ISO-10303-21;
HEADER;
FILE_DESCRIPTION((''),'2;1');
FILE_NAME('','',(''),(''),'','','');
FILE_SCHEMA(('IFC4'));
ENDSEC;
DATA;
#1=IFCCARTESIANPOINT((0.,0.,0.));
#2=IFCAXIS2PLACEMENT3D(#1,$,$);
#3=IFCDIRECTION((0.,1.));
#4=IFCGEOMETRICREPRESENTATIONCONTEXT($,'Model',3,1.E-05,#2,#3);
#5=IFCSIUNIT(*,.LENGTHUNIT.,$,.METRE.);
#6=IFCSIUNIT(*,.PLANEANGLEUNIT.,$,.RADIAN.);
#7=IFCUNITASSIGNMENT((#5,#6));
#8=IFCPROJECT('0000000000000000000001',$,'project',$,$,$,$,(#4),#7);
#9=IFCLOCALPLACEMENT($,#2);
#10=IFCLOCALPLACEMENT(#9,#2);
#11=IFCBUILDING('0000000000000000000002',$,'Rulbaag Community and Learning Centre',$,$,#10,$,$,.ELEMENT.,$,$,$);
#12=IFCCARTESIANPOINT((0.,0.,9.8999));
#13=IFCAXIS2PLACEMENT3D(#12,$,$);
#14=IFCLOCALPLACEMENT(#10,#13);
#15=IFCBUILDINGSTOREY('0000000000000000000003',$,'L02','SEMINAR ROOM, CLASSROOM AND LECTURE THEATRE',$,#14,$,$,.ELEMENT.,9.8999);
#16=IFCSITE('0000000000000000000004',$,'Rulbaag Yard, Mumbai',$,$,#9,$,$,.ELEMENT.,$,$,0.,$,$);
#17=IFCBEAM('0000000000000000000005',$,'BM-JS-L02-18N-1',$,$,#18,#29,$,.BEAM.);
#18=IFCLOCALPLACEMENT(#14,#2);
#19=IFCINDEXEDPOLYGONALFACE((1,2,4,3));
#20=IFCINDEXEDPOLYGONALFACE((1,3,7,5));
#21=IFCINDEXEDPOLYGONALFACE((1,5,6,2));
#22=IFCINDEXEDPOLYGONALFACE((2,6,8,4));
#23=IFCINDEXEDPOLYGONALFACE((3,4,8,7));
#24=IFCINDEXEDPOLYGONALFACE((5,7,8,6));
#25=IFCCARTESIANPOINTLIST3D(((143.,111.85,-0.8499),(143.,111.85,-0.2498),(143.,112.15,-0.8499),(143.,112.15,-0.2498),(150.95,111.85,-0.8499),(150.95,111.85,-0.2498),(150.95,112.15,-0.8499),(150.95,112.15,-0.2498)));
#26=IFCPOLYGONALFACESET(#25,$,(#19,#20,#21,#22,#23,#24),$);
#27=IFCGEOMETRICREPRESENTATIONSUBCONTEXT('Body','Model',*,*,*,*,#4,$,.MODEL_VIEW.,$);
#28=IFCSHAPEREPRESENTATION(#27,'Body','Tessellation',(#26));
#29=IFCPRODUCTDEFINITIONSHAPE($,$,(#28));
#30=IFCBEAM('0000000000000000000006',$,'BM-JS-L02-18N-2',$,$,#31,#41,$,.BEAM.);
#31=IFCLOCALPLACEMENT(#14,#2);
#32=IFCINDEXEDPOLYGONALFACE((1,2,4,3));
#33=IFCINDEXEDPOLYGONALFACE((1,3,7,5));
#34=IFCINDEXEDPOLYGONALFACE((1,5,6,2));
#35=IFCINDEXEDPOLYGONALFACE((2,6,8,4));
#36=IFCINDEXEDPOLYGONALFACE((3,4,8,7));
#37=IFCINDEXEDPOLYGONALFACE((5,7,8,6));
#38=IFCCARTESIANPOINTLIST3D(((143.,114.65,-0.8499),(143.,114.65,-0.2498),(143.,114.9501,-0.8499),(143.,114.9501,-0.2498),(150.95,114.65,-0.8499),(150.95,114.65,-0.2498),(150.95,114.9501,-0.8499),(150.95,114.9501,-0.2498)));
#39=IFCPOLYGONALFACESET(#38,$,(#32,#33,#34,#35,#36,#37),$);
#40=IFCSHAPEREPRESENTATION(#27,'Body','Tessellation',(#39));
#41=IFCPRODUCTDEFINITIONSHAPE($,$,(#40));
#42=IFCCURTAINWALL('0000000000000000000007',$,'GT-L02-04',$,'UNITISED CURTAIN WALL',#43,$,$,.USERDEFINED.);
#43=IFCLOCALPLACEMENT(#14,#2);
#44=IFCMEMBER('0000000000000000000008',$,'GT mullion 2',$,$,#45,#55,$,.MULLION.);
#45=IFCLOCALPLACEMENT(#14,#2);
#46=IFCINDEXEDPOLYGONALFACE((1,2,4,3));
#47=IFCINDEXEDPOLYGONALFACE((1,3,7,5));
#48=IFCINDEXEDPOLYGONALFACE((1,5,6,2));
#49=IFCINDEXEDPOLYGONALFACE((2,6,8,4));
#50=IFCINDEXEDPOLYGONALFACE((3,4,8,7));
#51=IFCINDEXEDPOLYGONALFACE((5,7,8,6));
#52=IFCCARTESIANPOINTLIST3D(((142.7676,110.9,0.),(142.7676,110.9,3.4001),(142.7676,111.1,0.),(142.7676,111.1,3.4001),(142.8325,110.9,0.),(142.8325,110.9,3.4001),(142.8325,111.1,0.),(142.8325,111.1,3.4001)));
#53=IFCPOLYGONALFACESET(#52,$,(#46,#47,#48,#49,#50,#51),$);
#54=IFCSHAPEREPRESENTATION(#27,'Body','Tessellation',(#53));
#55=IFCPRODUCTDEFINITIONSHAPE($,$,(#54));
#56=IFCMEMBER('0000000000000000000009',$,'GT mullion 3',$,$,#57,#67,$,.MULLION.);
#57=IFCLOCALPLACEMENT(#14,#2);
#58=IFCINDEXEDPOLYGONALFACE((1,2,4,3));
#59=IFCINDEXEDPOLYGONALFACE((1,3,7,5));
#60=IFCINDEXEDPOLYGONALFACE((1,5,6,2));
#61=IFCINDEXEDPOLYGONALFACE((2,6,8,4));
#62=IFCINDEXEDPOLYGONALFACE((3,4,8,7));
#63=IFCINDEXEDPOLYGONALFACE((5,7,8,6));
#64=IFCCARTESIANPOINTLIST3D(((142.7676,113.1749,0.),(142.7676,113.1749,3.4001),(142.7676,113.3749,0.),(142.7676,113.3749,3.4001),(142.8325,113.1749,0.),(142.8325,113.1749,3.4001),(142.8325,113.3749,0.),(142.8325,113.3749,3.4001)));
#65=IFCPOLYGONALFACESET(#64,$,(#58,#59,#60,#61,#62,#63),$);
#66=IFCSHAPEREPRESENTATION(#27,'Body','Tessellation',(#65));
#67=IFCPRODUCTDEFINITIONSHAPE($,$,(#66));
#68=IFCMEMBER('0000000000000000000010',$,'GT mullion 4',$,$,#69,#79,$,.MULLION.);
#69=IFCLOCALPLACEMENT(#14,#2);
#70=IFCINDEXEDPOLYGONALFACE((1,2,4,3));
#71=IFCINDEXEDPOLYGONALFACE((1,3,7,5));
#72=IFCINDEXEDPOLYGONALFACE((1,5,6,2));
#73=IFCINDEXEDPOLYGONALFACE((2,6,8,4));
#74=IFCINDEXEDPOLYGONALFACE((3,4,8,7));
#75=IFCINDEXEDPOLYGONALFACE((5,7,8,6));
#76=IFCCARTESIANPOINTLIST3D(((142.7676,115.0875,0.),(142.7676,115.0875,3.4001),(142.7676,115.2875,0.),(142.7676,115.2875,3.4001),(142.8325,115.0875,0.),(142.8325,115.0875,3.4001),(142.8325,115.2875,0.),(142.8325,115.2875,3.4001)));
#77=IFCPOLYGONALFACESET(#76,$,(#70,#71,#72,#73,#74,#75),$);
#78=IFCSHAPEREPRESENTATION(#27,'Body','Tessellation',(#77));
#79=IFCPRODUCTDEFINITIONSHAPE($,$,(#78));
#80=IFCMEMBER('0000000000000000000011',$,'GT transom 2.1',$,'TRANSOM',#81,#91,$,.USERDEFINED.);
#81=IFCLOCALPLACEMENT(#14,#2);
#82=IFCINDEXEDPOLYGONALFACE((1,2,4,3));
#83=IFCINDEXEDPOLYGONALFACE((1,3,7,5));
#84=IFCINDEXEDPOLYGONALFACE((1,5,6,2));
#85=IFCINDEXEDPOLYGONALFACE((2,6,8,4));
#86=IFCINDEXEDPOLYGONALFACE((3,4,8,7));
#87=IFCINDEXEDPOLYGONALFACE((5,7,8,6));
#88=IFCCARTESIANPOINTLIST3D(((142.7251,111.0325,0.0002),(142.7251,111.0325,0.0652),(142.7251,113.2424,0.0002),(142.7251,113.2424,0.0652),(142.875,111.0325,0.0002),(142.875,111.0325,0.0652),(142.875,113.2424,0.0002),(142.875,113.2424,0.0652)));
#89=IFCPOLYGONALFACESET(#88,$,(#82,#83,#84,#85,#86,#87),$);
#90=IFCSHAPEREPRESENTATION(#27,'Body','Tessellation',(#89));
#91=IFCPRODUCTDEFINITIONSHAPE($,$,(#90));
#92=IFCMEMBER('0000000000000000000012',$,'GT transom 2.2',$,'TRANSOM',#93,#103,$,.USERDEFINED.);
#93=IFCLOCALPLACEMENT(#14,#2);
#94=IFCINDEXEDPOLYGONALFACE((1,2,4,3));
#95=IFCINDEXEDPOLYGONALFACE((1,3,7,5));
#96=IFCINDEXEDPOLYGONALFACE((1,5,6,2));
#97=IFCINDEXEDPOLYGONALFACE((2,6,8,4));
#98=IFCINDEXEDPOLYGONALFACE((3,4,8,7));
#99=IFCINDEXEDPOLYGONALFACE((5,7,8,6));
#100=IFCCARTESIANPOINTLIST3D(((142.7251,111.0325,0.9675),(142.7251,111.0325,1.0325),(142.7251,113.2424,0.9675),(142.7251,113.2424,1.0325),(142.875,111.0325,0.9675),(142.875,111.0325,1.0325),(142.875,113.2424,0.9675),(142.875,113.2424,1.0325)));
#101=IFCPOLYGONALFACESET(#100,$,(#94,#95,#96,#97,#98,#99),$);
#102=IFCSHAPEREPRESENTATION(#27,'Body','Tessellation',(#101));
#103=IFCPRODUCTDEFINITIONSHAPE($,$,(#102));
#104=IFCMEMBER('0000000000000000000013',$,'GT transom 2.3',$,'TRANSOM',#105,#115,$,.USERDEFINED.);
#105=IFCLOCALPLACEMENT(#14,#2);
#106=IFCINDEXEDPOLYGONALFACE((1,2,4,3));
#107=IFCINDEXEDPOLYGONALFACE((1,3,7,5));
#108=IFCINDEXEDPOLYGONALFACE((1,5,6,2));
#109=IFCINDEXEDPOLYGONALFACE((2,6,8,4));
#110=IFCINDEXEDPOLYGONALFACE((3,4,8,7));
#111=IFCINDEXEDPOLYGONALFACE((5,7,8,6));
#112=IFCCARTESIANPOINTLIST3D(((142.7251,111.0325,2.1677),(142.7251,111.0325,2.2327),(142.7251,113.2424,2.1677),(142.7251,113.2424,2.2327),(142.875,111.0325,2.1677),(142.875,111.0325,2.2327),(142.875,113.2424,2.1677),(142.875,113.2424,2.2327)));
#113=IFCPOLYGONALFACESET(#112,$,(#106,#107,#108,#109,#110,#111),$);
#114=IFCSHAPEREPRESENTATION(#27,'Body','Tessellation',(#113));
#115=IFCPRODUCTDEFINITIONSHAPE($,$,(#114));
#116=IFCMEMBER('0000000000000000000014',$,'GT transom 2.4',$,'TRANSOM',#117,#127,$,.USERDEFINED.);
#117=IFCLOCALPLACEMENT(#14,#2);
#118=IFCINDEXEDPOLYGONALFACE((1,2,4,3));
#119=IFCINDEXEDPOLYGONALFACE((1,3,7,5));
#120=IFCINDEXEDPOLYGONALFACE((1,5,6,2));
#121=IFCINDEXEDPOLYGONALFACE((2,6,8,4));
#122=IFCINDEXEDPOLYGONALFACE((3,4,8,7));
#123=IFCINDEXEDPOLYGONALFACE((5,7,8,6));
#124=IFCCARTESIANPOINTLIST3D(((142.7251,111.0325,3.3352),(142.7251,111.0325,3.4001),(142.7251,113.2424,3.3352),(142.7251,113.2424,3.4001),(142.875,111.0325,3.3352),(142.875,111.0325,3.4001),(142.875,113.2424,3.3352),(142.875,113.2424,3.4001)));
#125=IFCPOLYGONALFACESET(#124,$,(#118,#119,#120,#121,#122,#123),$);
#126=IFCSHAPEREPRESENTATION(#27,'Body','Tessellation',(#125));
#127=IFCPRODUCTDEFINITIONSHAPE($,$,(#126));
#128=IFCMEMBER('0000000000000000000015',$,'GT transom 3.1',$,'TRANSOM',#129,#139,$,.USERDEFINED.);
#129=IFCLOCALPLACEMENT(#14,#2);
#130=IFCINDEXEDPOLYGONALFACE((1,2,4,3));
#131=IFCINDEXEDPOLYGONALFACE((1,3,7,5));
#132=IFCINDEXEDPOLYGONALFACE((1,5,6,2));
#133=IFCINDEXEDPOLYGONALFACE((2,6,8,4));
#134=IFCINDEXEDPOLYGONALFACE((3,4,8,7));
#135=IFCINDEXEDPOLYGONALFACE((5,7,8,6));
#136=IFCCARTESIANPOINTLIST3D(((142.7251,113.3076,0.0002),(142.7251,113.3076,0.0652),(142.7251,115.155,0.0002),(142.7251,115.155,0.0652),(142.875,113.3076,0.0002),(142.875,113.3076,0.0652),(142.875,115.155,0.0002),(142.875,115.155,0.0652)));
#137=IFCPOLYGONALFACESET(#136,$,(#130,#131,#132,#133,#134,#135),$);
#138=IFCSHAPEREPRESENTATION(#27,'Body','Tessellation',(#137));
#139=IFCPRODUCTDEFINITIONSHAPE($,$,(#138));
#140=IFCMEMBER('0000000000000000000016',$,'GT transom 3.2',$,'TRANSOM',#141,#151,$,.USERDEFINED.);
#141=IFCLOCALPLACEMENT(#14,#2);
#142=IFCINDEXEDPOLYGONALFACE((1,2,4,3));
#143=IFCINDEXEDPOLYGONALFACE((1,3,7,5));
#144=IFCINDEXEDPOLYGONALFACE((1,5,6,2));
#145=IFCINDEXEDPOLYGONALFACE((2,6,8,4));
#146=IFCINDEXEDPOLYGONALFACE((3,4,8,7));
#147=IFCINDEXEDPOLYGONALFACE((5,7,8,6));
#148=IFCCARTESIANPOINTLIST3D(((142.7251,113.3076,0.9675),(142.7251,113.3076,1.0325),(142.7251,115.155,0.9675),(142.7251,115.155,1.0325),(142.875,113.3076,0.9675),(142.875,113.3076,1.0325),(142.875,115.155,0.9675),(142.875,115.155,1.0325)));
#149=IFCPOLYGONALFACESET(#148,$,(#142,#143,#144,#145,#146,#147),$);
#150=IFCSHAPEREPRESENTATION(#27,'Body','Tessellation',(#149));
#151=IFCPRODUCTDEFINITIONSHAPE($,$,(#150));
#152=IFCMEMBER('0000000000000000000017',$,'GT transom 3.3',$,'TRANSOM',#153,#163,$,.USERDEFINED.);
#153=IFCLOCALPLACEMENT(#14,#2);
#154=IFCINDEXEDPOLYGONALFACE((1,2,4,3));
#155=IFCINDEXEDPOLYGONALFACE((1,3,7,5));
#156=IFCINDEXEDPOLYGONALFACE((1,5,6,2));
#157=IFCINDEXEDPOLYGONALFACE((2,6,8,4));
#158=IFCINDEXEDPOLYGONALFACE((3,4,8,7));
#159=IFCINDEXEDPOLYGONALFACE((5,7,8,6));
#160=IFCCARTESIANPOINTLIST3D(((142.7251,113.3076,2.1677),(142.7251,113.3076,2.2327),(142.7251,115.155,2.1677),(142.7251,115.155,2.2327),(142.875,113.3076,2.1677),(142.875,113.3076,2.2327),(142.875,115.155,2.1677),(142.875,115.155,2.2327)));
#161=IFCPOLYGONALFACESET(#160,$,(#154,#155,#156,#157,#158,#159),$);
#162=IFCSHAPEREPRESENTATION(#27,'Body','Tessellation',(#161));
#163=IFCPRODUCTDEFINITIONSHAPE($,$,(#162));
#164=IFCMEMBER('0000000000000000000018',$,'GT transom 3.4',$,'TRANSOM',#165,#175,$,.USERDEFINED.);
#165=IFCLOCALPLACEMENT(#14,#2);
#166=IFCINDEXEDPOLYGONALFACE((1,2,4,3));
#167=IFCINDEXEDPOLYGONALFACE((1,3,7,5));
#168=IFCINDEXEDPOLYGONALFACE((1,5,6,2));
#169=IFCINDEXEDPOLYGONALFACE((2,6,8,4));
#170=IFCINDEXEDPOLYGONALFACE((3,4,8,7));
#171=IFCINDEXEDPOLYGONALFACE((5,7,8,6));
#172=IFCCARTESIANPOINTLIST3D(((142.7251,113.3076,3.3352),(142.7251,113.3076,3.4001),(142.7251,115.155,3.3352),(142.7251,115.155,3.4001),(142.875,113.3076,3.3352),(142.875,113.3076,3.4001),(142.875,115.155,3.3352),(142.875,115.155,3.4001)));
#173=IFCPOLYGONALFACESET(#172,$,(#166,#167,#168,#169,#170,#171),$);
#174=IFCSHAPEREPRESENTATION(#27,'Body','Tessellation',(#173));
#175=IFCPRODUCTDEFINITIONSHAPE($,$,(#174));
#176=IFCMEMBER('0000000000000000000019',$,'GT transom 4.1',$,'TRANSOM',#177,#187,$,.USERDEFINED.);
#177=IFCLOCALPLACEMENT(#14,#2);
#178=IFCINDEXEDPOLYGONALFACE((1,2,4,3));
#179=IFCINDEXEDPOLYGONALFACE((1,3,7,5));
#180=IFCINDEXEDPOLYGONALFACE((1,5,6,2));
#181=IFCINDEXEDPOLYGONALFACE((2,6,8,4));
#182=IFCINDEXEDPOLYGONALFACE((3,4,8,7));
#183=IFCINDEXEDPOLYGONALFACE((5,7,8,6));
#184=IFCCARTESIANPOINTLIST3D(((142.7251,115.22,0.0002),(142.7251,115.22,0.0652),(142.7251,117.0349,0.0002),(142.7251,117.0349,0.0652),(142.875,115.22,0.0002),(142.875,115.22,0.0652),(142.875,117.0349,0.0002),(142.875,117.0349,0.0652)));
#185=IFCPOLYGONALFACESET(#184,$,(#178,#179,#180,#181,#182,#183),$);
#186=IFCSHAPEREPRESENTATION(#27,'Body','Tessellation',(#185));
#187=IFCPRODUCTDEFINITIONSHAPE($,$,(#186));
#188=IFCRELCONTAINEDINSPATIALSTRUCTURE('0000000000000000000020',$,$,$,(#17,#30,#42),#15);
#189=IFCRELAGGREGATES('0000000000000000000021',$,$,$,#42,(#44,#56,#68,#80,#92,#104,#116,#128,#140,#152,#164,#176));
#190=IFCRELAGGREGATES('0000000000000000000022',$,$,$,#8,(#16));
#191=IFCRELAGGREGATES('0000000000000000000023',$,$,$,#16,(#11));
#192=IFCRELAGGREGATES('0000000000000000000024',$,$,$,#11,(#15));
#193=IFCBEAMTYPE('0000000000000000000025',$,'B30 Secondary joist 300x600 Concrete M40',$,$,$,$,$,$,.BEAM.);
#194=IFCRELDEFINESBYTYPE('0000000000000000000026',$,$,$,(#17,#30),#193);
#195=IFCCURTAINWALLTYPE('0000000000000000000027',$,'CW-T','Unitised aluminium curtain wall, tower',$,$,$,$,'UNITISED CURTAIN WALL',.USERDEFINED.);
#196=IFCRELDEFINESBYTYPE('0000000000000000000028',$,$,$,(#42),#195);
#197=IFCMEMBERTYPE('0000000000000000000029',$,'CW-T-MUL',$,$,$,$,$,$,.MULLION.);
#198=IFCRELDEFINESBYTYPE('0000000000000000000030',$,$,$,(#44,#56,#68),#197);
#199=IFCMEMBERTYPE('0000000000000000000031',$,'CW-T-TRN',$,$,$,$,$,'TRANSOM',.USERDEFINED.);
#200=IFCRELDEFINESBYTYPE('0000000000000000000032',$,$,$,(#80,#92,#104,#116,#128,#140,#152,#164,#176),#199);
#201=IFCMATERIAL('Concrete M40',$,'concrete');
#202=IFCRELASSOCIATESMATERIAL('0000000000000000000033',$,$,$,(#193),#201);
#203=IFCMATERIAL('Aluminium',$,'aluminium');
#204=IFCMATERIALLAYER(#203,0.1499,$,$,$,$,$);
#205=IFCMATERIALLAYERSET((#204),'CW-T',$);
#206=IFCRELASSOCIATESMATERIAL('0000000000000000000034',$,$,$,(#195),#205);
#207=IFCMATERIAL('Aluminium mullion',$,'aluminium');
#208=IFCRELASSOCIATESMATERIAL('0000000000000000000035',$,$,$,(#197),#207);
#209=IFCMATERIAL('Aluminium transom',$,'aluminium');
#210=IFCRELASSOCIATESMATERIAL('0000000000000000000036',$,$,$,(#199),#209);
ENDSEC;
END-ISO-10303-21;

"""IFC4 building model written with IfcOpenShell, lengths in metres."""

from ifc_helpers import new_model, si_unit, direction, frame, origin, origin_2d, place, context, subcontext, project, spatial, rectangle, extrude, material, layer, layer_set, material_profile, profile_set, type_object, element, aggregate, save


model = new_model("IFC4")

# Units and contexts
model_context = context("Model", 3, precision=1e-05, world=origin(), true_north=direction((0.0, 1.0)))
body_context = subcontext(model_context, "Body", "Model", "MODEL_VIEW")
ifc_project = project(units=[si_unit("LENGTHUNIT", "METRE"), si_unit("PLANEANGLEUNIT", "RADIAN")], contexts=[model_context])

# Site, building, storey
site_placement = place(None, origin())
site = spatial("IfcSite", under=ifc_project, at=site_placement, Name="Rulbaag Yard, Mumbai", CompositionType="ELEMENT", RefElevation=0.0)
building_placement = place(site_placement, origin())
building = spatial("IfcBuilding", under=site, at=building_placement, Name="Rulbaag Community and Learning Centre", CompositionType="ELEMENT")
storey_placement = place(building_placement, frame((0.0, 0.0, 9.8999)))
storey = spatial("IfcBuildingStorey", under=building, at=storey_placement, Name="L02", Description="SEMINAR ROOM, CLASSROOM AND LECTURE THEATRE", CompositionType="ELEMENT", Elevation=9.8999)

# Beams
ifc_material_1 = material(Name="Concrete M40", Category="concrete")
ifc_material_profile_1 = material_profile(ifc_material_1, rectangle(XDim=0.3, YDim=0.6001, at=origin_2d()), Name="RB300x600")
ifc_profile_set_1 = profile_set([ifc_material_profile_1], Name="Concrete M40")
beam_type = type_object("IfcBeamType", Name="B30 Secondary joist 300x600 Concrete M40", PredefinedType="BEAM", material=ifc_profile_set_1)
for number, where, z_axis, x_axis, name in (
    (1, (143.0, 112.0, -0.5498), (1.0, 0.0, 0.0), (0.0, 1.0, 0.0), "BM-JS-L02-18N-1"),
    (2, (143.0, 114.8, -0.5498), (1.0, 0.0, 0.0), (0.0, 1.0, 0.0), "BM-JS-L02-18N-2"),
):
    element("IfcBeam", number, at=place(storey_placement, frame(where, z_axis=z_axis, x_axis=x_axis)), inside=storey, type_object=beam_type, Name=name, PredefinedType="BEAM", context=body_context, shape_type="SweptSolid", body=[
        extrude(rectangle(XDim=0.3, YDim=0.6001, at=origin_2d()), origin(), (0.0, 0.0, 1.0), 7.95),
    ])

# Curtain wall, members
ifc_material_2 = material(Name="Aluminium", Category="aluminium")
ifc_layer_1 = layer(ifc_material_2, 0.1499)
ifc_layer_set_1 = layer_set([ifc_layer_1], Name="CW-T")
curtain_wall_type = type_object("IfcCurtainWallType", Name="CW-T", Description="Unitised aluminium curtain wall, tower", ElementType="UNITISED CURTAIN WALL", PredefinedType="USERDEFINED", material=ifc_layer_set_1)
curtain_wall_placement = place(storey_placement, origin())
curtain_wall = element("IfcCurtainWall", 3, at=curtain_wall_placement, inside=storey, type_object=curtain_wall_type, Name="GT-L02-04", ObjectType="UNITISED CURTAIN WALL", PredefinedType="USERDEFINED")
ifc_material_3 = material(Name="Aluminium mullion", Category="aluminium")
ifc_material_profile_2 = material_profile(ifc_material_3, rectangle(XDim=0.0649, YDim=0.2, at=origin_2d()), Name="AL 65x200")
ifc_profile_set_2 = profile_set([ifc_material_profile_2], Name="Aluminium mullion")
member_type_1 = type_object("IfcMemberType", Name="CW-T-MUL", PredefinedType="MULLION", material=ifc_profile_set_2)
member_1_placement = place(storey_placement, frame((142.8, 111.0, 0.0), z_axis=(0.0, 0.0, 1.0), x_axis=(-1.0, 0.0, 0.0)))
member_1 = element("IfcMember", 4, at=member_1_placement, type_object=member_type_1, Name="GT mullion 2", PredefinedType="MULLION", context=body_context, shape_type="SweptSolid", body=[
    extrude(rectangle(XDim=0.0649, YDim=0.2, at=origin_2d()), origin(), (0.0, 0.0, 1.0), 3.4001),
])
member_2_placement = place(storey_placement, frame((142.8, 113.2749, 0.0), z_axis=(0.0, 0.0, 1.0), x_axis=(-1.0, 0.0, 0.0)))
member_2 = element("IfcMember", 5, at=member_2_placement, type_object=member_type_1, Name="GT mullion 3", PredefinedType="MULLION", context=body_context, shape_type="SweptSolid", body=[
    extrude(rectangle(XDim=0.0649, YDim=0.2, at=origin_2d()), origin(), (0.0, 0.0, 1.0), 3.4001),
])
member_3_placement = place(storey_placement, frame((142.8, 115.1875, 0.0), z_axis=(0.0, 0.0, 1.0), x_axis=(-1.0, 0.0, 0.0)))
member_3 = element("IfcMember", 6, at=member_3_placement, type_object=member_type_1, Name="GT mullion 4", PredefinedType="MULLION", context=body_context, shape_type="SweptSolid", body=[
    extrude(rectangle(XDim=0.0649, YDim=0.2, at=origin_2d()), origin(), (0.0, 0.0, 1.0), 3.4001),
])
ifc_material_4 = material(Name="Aluminium transom", Category="aluminium")
ifc_material_profile_3 = material_profile(ifc_material_4, rectangle(XDim=0.1499, YDim=0.0649, at=origin_2d()), Name="AL 65x150 T")
ifc_profile_set_3 = profile_set([ifc_material_profile_3], Name="Aluminium transom")
member_type_2 = type_object("IfcMemberType", Name="CW-T-TRN", ElementType="TRANSOM", PredefinedType="USERDEFINED", material=ifc_profile_set_3)
member_4_placement = place(storey_placement, frame((142.8, 111.0325, 0.0327), z_axis=(0.0, 1.0, 0.0), x_axis=(-1.0, 0.0, 0.0)))
member_4 = element("IfcMember", 7, at=member_4_placement, type_object=member_type_2, Name="GT transom 2.1", ObjectType="TRANSOM", PredefinedType="USERDEFINED", context=body_context, shape_type="SweptSolid", body=[
    extrude(rectangle(XDim=0.1499, YDim=0.0649, at=origin_2d()), origin(), (0.0, 0.0, 1.0), 2.21),
])
member_5_placement = place(storey_placement, frame((142.8, 111.0325, 1.0), z_axis=(0.0, 1.0, 0.0), x_axis=(-1.0, 0.0, 0.0)))
member_5 = element("IfcMember", 8, at=member_5_placement, type_object=member_type_2, Name="GT transom 2.2", ObjectType="TRANSOM", PredefinedType="USERDEFINED", context=body_context, shape_type="SweptSolid", body=[
    extrude(rectangle(XDim=0.1499, YDim=0.0649, at=origin_2d()), origin(), (0.0, 0.0, 1.0), 2.21),
])
member_6_placement = place(storey_placement, frame((142.8, 111.0325, 2.2002), z_axis=(0.0, 1.0, 0.0), x_axis=(-1.0, 0.0, 0.0)))
member_6 = element("IfcMember", 9, at=member_6_placement, type_object=member_type_2, Name="GT transom 2.3", ObjectType="TRANSOM", PredefinedType="USERDEFINED", context=body_context, shape_type="SweptSolid", body=[
    extrude(rectangle(XDim=0.1499, YDim=0.0649, at=origin_2d()), origin(), (0.0, 0.0, 1.0), 2.21),
])
member_7_placement = place(storey_placement, frame((142.8, 111.0325, 3.3677), z_axis=(0.0, 1.0, 0.0), x_axis=(-1.0, 0.0, 0.0)))
member_7 = element("IfcMember", 10, at=member_7_placement, type_object=member_type_2, Name="GT transom 2.4", ObjectType="TRANSOM", PredefinedType="USERDEFINED", context=body_context, shape_type="SweptSolid", body=[
    extrude(rectangle(XDim=0.1499, YDim=0.0649, at=origin_2d()), origin(), (0.0, 0.0, 1.0), 2.21),
])
member_8_placement = place(storey_placement, frame((142.8, 113.3076, 0.0327), z_axis=(0.0, 1.0, 0.0), x_axis=(-1.0, 0.0, 0.0)))
member_8 = element("IfcMember", 11, at=member_8_placement, type_object=member_type_2, Name="GT transom 3.1", ObjectType="TRANSOM", PredefinedType="USERDEFINED", context=body_context, shape_type="SweptSolid", body=[
    extrude(rectangle(XDim=0.1499, YDim=0.0649, at=origin_2d()), origin(), (0.0, 0.0, 1.0), 1.8474),
])
member_9_placement = place(storey_placement, frame((142.8, 113.3076, 1.0), z_axis=(0.0, 1.0, 0.0), x_axis=(-1.0, 0.0, 0.0)))
member_9 = element("IfcMember", 12, at=member_9_placement, type_object=member_type_2, Name="GT transom 3.2", ObjectType="TRANSOM", PredefinedType="USERDEFINED", context=body_context, shape_type="SweptSolid", body=[
    extrude(rectangle(XDim=0.1499, YDim=0.0649, at=origin_2d()), origin(), (0.0, 0.0, 1.0), 1.8474),
])
member_10_placement = place(storey_placement, frame((142.8, 113.3076, 2.2002), z_axis=(0.0, 1.0, 0.0), x_axis=(-1.0, 0.0, 0.0)))
member_10 = element("IfcMember", 13, at=member_10_placement, type_object=member_type_2, Name="GT transom 3.3", ObjectType="TRANSOM", PredefinedType="USERDEFINED", context=body_context, shape_type="SweptSolid", body=[
    extrude(rectangle(XDim=0.1499, YDim=0.0649, at=origin_2d()), origin(), (0.0, 0.0, 1.0), 1.8474),
])
member_11_placement = place(storey_placement, frame((142.8, 113.3076, 3.3677), z_axis=(0.0, 1.0, 0.0), x_axis=(-1.0, 0.0, 0.0)))
member_11 = element("IfcMember", 14, at=member_11_placement, type_object=member_type_2, Name="GT transom 3.4", ObjectType="TRANSOM", PredefinedType="USERDEFINED", context=body_context, shape_type="SweptSolid", body=[
    extrude(rectangle(XDim=0.1499, YDim=0.0649, at=origin_2d()), origin(), (0.0, 0.0, 1.0), 1.8474),
])
member_12_placement = place(storey_placement, frame((142.8, 115.22, 0.0327), z_axis=(0.0, 1.0, 0.0), x_axis=(-1.0, 0.0, 0.0)))
member_12 = element("IfcMember", 15, at=member_12_placement, type_object=member_type_2, Name="GT transom 4.1", ObjectType="TRANSOM", PredefinedType="USERDEFINED", context=body_context, shape_type="SweptSolid", body=[
    extrude(rectangle(XDim=0.1499, YDim=0.0649, at=origin_2d()), origin(), (0.0, 0.0, 1.0), 1.8149),
])
aggregate(curtain_wall, [member_1, member_2, member_3, member_4, member_5, member_6, member_7, member_8, member_9, member_10, member_11, member_12])

save(model, "model.ifc")
